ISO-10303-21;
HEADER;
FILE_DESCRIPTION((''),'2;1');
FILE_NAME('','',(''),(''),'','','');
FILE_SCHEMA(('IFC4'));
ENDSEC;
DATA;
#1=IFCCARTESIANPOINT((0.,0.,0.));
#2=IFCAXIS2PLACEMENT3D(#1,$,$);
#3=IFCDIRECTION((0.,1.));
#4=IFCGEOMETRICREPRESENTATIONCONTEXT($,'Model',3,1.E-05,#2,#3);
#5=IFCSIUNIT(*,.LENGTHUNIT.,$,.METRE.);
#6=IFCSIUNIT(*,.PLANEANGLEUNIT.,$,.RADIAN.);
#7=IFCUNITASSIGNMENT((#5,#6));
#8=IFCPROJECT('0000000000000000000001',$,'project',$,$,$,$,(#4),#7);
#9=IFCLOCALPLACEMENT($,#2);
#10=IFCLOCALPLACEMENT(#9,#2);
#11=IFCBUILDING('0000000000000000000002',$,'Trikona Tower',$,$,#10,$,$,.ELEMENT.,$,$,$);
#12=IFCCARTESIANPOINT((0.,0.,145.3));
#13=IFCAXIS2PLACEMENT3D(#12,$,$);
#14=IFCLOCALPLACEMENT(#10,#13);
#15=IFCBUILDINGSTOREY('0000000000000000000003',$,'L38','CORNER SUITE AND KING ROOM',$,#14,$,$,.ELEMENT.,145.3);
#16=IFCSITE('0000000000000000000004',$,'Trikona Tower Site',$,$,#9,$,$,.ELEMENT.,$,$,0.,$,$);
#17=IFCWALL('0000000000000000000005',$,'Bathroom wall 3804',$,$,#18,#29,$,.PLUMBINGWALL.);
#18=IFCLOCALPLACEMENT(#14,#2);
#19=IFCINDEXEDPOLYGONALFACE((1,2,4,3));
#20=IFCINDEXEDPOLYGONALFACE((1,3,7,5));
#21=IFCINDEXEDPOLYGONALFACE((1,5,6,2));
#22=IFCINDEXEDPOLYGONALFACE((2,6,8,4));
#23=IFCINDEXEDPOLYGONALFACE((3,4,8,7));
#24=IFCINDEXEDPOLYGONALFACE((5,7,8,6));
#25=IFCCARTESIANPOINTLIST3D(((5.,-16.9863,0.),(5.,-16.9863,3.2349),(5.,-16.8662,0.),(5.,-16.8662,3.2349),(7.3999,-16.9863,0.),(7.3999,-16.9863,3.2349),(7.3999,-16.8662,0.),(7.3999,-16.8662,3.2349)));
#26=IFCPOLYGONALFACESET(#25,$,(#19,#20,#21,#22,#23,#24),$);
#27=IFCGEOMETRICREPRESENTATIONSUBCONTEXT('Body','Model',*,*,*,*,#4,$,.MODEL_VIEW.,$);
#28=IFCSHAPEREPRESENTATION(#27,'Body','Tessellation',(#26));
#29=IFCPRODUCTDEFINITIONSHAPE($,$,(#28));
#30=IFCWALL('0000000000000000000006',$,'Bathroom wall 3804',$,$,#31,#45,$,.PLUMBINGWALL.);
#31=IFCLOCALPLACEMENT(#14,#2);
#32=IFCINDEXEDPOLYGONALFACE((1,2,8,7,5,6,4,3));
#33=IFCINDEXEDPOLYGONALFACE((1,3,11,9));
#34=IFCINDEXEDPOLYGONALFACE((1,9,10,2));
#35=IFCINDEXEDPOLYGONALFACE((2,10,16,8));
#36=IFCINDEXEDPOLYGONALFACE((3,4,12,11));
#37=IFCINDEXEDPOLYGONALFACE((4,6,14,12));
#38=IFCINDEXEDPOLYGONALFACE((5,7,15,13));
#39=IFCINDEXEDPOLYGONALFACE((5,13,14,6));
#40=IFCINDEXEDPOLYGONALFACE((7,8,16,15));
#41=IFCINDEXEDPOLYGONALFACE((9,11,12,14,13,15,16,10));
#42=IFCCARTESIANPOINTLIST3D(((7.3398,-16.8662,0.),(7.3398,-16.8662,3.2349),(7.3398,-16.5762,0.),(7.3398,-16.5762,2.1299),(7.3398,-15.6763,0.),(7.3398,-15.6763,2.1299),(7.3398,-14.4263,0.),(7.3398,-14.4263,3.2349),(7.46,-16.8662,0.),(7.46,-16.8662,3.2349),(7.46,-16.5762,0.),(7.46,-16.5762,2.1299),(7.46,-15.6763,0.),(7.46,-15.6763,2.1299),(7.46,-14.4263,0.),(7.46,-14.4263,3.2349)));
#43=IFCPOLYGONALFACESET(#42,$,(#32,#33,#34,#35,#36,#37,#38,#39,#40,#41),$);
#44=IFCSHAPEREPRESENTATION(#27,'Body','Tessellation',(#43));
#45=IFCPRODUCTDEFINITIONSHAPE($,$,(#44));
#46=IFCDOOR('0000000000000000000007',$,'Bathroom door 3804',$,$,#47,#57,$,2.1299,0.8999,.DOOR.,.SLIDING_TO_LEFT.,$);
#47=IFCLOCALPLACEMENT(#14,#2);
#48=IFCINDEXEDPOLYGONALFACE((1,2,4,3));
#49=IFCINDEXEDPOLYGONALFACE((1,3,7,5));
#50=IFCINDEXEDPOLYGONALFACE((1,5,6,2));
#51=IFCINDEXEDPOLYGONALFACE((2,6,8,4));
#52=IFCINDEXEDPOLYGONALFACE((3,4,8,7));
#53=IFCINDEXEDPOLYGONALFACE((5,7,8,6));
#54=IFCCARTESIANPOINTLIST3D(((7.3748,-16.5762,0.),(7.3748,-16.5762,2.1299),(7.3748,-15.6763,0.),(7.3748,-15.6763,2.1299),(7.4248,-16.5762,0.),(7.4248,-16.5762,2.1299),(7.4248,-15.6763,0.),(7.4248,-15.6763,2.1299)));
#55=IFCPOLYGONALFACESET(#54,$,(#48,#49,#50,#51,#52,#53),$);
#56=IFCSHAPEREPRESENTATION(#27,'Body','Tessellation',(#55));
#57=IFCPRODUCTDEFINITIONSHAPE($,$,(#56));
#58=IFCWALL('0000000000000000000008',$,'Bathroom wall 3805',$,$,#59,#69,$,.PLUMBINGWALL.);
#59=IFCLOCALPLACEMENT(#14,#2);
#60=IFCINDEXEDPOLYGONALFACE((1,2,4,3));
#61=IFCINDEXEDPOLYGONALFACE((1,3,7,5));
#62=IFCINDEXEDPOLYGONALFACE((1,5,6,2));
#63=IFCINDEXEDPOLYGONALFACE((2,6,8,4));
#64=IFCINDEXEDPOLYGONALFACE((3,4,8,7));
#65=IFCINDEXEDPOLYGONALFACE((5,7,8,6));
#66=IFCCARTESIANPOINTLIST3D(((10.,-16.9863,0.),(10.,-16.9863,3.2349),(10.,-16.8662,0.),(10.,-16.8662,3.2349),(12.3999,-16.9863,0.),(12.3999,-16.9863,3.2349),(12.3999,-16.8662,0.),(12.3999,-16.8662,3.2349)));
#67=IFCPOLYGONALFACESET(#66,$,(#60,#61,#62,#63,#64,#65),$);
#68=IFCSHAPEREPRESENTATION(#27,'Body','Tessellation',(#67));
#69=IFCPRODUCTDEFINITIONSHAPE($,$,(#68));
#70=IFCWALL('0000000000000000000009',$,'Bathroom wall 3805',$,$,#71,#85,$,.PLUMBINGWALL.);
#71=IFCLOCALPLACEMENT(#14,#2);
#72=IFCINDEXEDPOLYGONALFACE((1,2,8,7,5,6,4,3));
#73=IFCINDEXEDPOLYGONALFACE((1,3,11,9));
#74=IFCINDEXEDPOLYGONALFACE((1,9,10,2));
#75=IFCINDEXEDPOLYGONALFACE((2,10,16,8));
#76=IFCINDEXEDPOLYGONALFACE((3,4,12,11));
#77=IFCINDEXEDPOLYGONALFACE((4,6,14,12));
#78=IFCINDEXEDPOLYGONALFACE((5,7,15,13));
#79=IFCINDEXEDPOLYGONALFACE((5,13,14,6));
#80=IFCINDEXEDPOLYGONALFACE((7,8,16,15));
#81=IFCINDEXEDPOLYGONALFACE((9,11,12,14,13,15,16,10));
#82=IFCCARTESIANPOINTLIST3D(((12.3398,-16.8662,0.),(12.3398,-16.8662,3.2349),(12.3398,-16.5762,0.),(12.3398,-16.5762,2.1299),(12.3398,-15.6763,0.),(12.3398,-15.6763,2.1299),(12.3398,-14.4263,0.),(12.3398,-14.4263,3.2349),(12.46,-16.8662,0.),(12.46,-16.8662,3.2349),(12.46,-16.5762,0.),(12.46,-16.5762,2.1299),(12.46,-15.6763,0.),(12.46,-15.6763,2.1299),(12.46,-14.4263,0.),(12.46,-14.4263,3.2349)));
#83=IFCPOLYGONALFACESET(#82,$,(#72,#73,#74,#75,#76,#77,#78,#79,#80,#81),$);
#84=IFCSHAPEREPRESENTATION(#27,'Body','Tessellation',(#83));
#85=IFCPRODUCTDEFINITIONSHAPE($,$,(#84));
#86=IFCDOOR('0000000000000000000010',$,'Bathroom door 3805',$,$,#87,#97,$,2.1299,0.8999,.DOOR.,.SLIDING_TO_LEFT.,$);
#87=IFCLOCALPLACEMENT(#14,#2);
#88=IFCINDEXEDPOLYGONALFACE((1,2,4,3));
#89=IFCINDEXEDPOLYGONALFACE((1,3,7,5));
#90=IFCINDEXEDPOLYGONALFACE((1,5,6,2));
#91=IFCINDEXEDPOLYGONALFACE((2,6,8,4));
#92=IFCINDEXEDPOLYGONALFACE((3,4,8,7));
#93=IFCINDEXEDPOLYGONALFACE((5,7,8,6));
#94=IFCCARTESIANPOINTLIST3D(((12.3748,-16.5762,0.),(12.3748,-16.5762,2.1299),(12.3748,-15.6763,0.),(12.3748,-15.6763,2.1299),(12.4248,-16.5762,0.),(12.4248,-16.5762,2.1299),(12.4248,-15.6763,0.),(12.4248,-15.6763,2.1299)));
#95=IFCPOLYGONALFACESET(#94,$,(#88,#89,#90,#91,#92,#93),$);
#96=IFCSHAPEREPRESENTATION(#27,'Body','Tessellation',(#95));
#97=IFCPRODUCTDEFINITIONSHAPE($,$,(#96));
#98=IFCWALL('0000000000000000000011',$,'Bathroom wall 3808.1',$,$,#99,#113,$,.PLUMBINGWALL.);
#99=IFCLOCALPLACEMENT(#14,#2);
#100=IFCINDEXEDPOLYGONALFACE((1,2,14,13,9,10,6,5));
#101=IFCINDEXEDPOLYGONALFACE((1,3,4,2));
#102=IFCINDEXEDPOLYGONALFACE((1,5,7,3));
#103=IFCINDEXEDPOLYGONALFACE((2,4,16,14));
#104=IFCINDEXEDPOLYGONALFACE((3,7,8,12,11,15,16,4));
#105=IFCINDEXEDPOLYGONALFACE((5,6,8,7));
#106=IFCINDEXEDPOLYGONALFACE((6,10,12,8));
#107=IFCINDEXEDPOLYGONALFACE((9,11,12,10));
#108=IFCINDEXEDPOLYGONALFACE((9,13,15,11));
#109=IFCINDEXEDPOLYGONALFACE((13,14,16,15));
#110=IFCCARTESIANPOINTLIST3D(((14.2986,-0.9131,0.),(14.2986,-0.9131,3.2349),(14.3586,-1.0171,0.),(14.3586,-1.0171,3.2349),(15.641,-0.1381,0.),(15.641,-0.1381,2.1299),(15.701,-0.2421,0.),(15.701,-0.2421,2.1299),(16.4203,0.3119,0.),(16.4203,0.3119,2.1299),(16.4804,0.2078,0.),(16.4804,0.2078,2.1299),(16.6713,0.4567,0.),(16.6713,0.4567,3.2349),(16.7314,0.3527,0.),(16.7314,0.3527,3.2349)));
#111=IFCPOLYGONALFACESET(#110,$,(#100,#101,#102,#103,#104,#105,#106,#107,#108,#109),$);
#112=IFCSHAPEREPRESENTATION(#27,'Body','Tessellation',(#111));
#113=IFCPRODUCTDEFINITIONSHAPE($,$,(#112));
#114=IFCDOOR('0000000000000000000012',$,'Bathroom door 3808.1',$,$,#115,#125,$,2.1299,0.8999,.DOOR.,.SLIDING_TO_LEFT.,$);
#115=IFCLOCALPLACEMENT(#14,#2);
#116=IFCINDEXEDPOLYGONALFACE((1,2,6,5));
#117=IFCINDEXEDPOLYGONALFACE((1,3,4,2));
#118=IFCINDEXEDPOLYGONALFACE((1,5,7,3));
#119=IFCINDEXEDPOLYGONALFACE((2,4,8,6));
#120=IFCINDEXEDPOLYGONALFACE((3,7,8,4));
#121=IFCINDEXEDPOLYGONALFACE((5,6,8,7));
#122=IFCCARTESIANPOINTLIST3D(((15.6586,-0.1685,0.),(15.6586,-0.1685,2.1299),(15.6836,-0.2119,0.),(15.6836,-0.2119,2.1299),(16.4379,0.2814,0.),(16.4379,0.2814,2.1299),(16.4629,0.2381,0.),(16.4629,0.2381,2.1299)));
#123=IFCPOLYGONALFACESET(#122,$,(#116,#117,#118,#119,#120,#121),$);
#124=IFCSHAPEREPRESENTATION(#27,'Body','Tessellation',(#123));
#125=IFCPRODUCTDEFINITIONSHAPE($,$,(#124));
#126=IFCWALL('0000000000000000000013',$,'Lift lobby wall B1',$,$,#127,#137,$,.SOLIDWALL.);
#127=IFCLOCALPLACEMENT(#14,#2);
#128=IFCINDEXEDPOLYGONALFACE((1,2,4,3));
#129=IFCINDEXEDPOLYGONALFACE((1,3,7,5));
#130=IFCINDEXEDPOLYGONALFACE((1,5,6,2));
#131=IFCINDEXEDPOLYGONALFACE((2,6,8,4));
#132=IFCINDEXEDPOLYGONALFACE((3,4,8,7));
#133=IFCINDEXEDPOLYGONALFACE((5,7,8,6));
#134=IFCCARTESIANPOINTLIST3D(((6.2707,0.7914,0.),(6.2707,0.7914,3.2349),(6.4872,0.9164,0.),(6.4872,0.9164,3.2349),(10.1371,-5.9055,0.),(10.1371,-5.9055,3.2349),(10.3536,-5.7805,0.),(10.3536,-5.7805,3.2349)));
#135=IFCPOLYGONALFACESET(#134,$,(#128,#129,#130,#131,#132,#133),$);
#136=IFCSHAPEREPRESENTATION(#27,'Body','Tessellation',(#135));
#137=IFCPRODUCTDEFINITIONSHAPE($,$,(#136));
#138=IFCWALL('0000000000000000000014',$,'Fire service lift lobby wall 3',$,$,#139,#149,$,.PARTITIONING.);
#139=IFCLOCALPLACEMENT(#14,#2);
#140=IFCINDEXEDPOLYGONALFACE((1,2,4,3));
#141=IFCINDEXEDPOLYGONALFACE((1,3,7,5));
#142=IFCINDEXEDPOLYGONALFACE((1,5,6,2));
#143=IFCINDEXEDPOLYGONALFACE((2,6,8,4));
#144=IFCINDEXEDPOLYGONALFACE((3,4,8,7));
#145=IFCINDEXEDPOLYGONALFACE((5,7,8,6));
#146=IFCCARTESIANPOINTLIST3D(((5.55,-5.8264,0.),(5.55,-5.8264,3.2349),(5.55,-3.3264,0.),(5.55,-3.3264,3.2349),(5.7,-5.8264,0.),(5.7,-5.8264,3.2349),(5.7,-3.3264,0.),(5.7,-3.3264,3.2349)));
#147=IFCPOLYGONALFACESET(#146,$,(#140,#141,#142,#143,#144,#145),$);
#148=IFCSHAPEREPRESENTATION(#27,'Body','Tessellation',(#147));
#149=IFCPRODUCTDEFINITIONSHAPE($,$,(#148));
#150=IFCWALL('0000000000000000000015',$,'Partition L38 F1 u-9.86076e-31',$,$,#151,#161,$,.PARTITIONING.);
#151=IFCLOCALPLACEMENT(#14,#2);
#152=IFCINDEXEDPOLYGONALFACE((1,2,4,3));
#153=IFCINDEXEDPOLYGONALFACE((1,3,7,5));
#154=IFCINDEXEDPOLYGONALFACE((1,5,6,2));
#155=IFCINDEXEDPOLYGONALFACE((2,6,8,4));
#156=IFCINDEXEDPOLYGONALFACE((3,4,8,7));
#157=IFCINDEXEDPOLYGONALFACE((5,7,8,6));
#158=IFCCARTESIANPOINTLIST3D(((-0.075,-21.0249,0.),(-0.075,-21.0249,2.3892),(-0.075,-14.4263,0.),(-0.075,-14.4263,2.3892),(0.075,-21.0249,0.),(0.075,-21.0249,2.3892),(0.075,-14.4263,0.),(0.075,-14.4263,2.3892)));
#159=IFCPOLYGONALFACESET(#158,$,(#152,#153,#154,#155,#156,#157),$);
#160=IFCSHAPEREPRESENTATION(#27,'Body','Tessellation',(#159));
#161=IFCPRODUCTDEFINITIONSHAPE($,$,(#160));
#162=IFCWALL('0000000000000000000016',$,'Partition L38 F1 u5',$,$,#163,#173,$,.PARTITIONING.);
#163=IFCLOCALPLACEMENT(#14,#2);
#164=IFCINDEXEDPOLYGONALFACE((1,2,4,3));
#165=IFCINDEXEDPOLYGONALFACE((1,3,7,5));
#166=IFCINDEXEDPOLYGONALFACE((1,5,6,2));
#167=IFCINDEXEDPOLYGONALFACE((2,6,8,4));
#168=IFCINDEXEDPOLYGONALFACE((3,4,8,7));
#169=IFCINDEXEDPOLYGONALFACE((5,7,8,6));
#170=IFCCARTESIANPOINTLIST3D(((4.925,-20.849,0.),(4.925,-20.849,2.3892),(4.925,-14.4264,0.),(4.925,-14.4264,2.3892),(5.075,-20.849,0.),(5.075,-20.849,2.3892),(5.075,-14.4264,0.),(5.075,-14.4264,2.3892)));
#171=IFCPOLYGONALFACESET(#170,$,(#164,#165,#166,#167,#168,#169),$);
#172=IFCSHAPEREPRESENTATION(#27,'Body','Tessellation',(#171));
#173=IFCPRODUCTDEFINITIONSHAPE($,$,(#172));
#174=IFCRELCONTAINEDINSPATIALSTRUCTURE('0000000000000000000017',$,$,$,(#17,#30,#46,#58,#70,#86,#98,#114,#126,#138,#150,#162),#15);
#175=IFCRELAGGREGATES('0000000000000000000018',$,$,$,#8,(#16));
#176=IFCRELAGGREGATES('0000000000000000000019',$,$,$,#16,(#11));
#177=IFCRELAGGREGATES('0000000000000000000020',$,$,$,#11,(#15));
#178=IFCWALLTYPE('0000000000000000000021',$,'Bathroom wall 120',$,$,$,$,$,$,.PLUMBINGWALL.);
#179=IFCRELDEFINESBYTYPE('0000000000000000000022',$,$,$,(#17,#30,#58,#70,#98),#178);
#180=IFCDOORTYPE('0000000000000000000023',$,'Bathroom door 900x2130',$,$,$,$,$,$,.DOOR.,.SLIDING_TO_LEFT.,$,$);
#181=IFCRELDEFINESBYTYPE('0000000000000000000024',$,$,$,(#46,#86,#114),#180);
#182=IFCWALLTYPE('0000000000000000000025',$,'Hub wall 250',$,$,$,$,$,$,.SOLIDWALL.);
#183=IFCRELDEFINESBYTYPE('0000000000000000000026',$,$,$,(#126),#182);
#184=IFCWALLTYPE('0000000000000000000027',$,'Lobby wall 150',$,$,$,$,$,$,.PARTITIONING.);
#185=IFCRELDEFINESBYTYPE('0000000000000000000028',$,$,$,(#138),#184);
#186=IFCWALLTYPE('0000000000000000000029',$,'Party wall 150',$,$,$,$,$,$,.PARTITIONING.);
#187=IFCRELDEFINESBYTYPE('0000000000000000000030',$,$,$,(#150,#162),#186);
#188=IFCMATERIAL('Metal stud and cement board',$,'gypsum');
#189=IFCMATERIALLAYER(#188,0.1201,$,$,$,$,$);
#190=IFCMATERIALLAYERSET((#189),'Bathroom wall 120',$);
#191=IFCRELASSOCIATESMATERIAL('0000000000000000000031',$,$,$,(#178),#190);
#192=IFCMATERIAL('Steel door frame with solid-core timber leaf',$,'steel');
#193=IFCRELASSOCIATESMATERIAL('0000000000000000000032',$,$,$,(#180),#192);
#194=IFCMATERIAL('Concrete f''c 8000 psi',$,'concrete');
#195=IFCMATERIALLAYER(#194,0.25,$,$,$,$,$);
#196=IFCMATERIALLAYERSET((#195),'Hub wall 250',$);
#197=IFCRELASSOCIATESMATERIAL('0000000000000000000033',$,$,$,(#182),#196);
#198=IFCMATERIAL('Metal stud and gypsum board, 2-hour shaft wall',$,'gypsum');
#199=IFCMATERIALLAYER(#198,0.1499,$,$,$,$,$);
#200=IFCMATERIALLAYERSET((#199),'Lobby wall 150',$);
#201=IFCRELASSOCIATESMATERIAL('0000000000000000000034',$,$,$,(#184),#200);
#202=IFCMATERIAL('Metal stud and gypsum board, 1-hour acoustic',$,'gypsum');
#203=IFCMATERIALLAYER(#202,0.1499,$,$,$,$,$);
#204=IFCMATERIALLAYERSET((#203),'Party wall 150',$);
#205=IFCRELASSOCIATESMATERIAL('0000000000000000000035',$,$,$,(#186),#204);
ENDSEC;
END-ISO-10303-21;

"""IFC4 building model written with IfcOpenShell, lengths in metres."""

from ifc_helpers import new_model, si_unit, direction, frame, frame_2d, origin, place, context, subcontext, project, spatial, rectangle, extrude, material, layer, layer_set, type_object, element, fill, save


model = new_model("IFC4")

# Units and contexts
model_context = context("Model", 3, precision=1e-05, world=origin(), true_north=direction((0.0, 1.0)))
body_context = subcontext(model_context, "Body", "Model", "MODEL_VIEW")
ifc_project = project(units=[si_unit("LENGTHUNIT", "METRE"), si_unit("PLANEANGLEUNIT", "RADIAN")], contexts=[model_context])

# Site, building, storey
site_placement = place(None, origin())
site = spatial("IfcSite", under=ifc_project, at=site_placement, Name="Trikona Tower Site", CompositionType="ELEMENT", RefElevation=0.0)
building_placement = place(site_placement, origin())
building = spatial("IfcBuilding", under=site, at=building_placement, Name="Trikona Tower", CompositionType="ELEMENT")
storey_placement = place(building_placement, frame((0.0, 0.0, 145.3)))
storey = spatial("IfcBuildingStorey", under=building, at=storey_placement, Name="L38", Description="CORNER SUITE AND KING ROOM", CompositionType="ELEMENT", Elevation=145.3)

# Wall
ifc_material_1 = material(Name="Metal stud and cement board", Category="gypsum")
ifc_layer_1 = layer(ifc_material_1, 0.1201)
ifc_layer_set_1 = layer_set([ifc_layer_1], Name="Bathroom wall 120")
wall_type_1 = type_object("IfcWallType", Name="Bathroom wall 120", PredefinedType="PLUMBINGWALL", material=ifc_layer_set_1)
wall_1_placement = place(storey_placement, frame((5.0, -16.9263, 0.0), z_axis=(0.0, 0.0, 1.0), x_axis=(1.0, 0.0, 0.0)))
element("IfcWall", 1, at=wall_1_placement, inside=storey, type_object=wall_type_1, Name="Bathroom wall 3804", PredefinedType="PLUMBINGWALL", context=body_context, shape_type="SweptSolid", body=[
    extrude(rectangle(XDim=2.3999, YDim=0.1201, at=frame_2d((1.2, 0.0))), origin(), (0.0, 0.0, 1.0), 3.2349),
])

# Wall, opening, door
wall_2_placement = place(storey_placement, frame((7.3999, -14.4263, 0.0), z_axis=(0.0, 0.0, 1.0), x_axis=(0.0, -1.0, 0.0)))
wall_2 = element("IfcWall", 2, at=wall_2_placement, inside=storey, type_object=wall_type_1, Name="Bathroom wall 3804", PredefinedType="PLUMBINGWALL", context=body_context, shape_type="SweptSolid", body=[
    extrude(rectangle(XDim=2.4399, YDim=0.1201, at=frame_2d((1.22, 0.0))), origin(), (0.0, 0.0, 1.0), 3.2349),
])
opening_1_placement = place(wall_2_placement, frame((1.25, 0.0, 0.0)))
opening_1 = element("IfcOpeningElement", 3, at=opening_1_placement, cuts=wall_2, PredefinedType="OPENING", context=body_context, shape_type="SweptSolid", body=[
    extrude(rectangle(XDim=0.8999, YDim=2.1299, at=frame_2d((0.45, 1.0649))), frame((0.0, 0.0701, 0.0), z_axis=(0.0, -1.0, 0.0), x_axis=(1.0, 0.0, 0.0)), (0.0, 0.0, 1.0), 0.1401),
])
ifc_material_2 = material(Name="Steel door frame with solid-core timber leaf", Category="steel")
door_type_1 = type_object("IfcDoorType", Name="Bathroom door 900x2130", OperationType="SLIDING_TO_LEFT", PredefinedType="DOOR", material=ifc_material_2)
door_1_placement = place(opening_1_placement, origin())
door_1 = element("IfcDoor", 4, at=door_1_placement, inside=storey, type_object=door_type_1, Name="Bathroom door 3804", OperationType="SLIDING_TO_LEFT", OverallHeight=2.1299, OverallWidth=0.8999, PredefinedType="DOOR", context=body_context, shape_type="SweptSolid", body=[
    extrude(rectangle(XDim=0.8999, YDim=2.1299, at=frame_2d((0.45, 1.0649))), frame((0.0, 0.0249, 0.0), z_axis=(0.0, -1.0, 0.0), x_axis=(1.0, 0.0, 0.0)), (0.0, 0.0, 1.0), 0.05),
])
fill(opening_1, door_1)

# Wall
wall_3_placement = place(storey_placement, frame((10.0, -16.9263, 0.0), z_axis=(0.0, 0.0, 1.0), x_axis=(1.0, 0.0, 0.0)))
element("IfcWall", 5, at=wall_3_placement, inside=storey, type_object=wall_type_1, Name="Bathroom wall 3805", PredefinedType="PLUMBINGWALL", context=body_context, shape_type="SweptSolid", body=[
    extrude(rectangle(XDim=2.3999, YDim=0.1201, at=frame_2d((1.2, 0.0))), origin(), (0.0, 0.0, 1.0), 3.2349),
])

# Walls, openings, doors
wall_4_placement = place(storey_placement, frame((12.3999, -14.4263, 0.0), z_axis=(0.0, 0.0, 1.0), x_axis=(0.0, -1.0, 0.0)))
wall_4 = element("IfcWall", 6, at=wall_4_placement, inside=storey, type_object=wall_type_1, Name="Bathroom wall 3805", PredefinedType="PLUMBINGWALL", context=body_context, shape_type="SweptSolid", body=[
    extrude(rectangle(XDim=2.4399, YDim=0.1201, at=frame_2d((1.22, 0.0))), origin(), (0.0, 0.0, 1.0), 3.2349),
])
opening_2_placement = place(wall_4_placement, frame((1.25, 0.0, 0.0)))
opening_2 = element("IfcOpeningElement", 7, at=opening_2_placement, cuts=wall_4, PredefinedType="OPENING", context=body_context, shape_type="SweptSolid", body=[
    extrude(rectangle(XDim=0.8999, YDim=2.1299, at=frame_2d((0.45, 1.0649))), frame((0.0, 0.0701, 0.0), z_axis=(0.0, -1.0, 0.0), x_axis=(1.0, 0.0, 0.0)), (0.0, 0.0, 1.0), 0.1401),
])
door_2_placement = place(opening_2_placement, origin())
door_2 = element("IfcDoor", 8, at=door_2_placement, inside=storey, type_object=door_type_1, Name="Bathroom door 3805", OperationType="SLIDING_TO_LEFT", OverallHeight=2.1299, OverallWidth=0.8999, PredefinedType="DOOR", context=body_context, shape_type="SweptSolid", body=[
    extrude(rectangle(XDim=0.8999, YDim=2.1299, at=frame_2d((0.45, 1.0649))), frame((0.0, 0.0249, 0.0), z_axis=(0.0, -1.0, 0.0), x_axis=(1.0, 0.0, 0.0)), (0.0, 0.0, 1.0), 0.05),
])
fill(opening_2, door_2)
wall_5_placement = place(storey_placement, frame((14.3286, -0.9651, 0.0), z_axis=(0.0, 0.0, 1.0), x_axis=(0.866036, 0.499982, 0.0)))
wall_5 = element("IfcWall", 9, at=wall_5_placement, inside=storey, type_object=wall_type_1, Name="Bathroom wall 3808.1", PredefinedType="PLUMBINGWALL", context=body_context, shape_type="SweptSolid", body=[
    extrude(rectangle(XDim=2.7397, YDim=0.1201, at=frame_2d((1.3699, 0.0))), origin(), (0.0, 0.0, 1.0), 3.2349),
])
opening_3_placement = place(wall_5_placement, frame((1.55, 0.0, 0.0)))
opening_3 = element("IfcOpeningElement", 10, at=opening_3_placement, cuts=wall_5, PredefinedType="OPENING", context=body_context, shape_type="SweptSolid", body=[
    extrude(rectangle(XDim=0.8999, YDim=2.1299, at=frame_2d((0.45, 1.0649))), frame((0.0, 0.0701, 0.0), z_axis=(0.0, -1.0, 0.0), x_axis=(1.0, 0.0, 0.0)), (0.0, 0.0, 1.0), 0.1401),
])
door_3_placement = place(opening_3_placement, origin())
door_3 = element("IfcDoor", 11, at=door_3_placement, inside=storey, type_object=door_type_1, Name="Bathroom door 3808.1", OperationType="SLIDING_TO_LEFT", OverallHeight=2.1299, OverallWidth=0.8999, PredefinedType="DOOR", context=body_context, shape_type="SweptSolid", body=[
    extrude(rectangle(XDim=0.8999, YDim=2.1299, at=frame_2d((0.45, 1.0649))), frame((0.0, 0.0249, 0.0), z_axis=(0.0, -1.0, 0.0), x_axis=(1.0, 0.0, 0.0)), (0.0, 0.0, 1.0), 0.05),
])
fill(opening_3, door_3)

# Walls
ifc_material_3 = material(Name="Concrete f'c 8000 psi", Category="concrete")
ifc_layer_2 = layer(ifc_material_3, 0.25)
ifc_layer_set_2 = layer_set([ifc_layer_2], Name="Hub wall 250")
wall_type_2 = type_object("IfcWallType", Name="Hub wall 250", PredefinedType="SOLIDWALL", material=ifc_layer_set_2)
wall_6_placement = place(storey_placement, frame((10.2454, -5.843, 0.0), z_axis=(0.0, 0.0, 1.0), x_axis=(-0.499993, 0.866029, 0.0)))
element("IfcWall", 12, at=wall_6_placement, inside=storey, type_object=wall_type_2, Name="Lift lobby wall B1", PredefinedType="SOLIDWALL", context=body_context, shape_type="SweptSolid", body=[
    extrude(rectangle(XDim=7.7329, YDim=0.25, at=frame_2d((3.8665, 0.0))), origin(), (0.0, 0.0, 1.0), 3.2349),
])
ifc_material_4 = material(Name="Metal stud and gypsum board, 2-hour shaft wall", Category="gypsum")
ifc_layer_3 = layer(ifc_material_4, 0.1499)
ifc_layer_set_3 = layer_set([ifc_layer_3], Name="Lobby wall 150")
wall_type_3 = type_object("IfcWallType", Name="Lobby wall 150", PredefinedType="PARTITIONING", material=ifc_layer_set_3)
wall_7_placement = place(storey_placement, frame((5.625, -5.8264, 0.0), z_axis=(0.0, 0.0, 1.0), x_axis=(0.0, 1.0, 0.0)))
element("IfcWall", 13, at=wall_7_placement, inside=storey, type_object=wall_type_3, Name="Fire service lift lobby wall 3", PredefinedType="PARTITIONING", context=body_context, shape_type="SweptSolid", body=[
    extrude(rectangle(XDim=2.5, YDim=0.1499, at=frame_2d((1.25, 0.0))), origin(), (0.0, 0.0, 1.0), 3.2349),
])
ifc_material_5 = material(Name="Metal stud and gypsum board, 1-hour acoustic", Category="gypsum")
ifc_layer_4 = layer(ifc_material_5, 0.1499)
ifc_layer_set_4 = layer_set([ifc_layer_4], Name="Party wall 150")
wall_type_4 = type_object("IfcWallType", Name="Party wall 150", PredefinedType="PARTITIONING", material=ifc_layer_set_4)
wall_8_placement = place(storey_placement, frame((0.0, -14.4263, 0.0), z_axis=(0.0, 0.0, 1.0), x_axis=(0.0, -1.0, 0.0)))
element("IfcWall", 14, at=wall_8_placement, inside=storey, type_object=wall_type_4, Name="Partition L38 F1 u-9.86076e-31", PredefinedType="PARTITIONING", context=body_context, shape_type="SweptSolid", body=[
    extrude(rectangle(XDim=6.5986, YDim=0.1499, at=frame_2d((3.2993, 0.0))), origin(), (0.0, 0.0, 1.0), 2.3892),
])
wall_9_placement = place(storey_placement, frame((5.0, -14.4263, 0.0), z_axis=(0.0, 0.0, 1.0), x_axis=(0.0, -1.0, 0.0)))
element("IfcWall", 15, at=wall_9_placement, inside=storey, type_object=wall_type_4, Name="Partition L38 F1 u5", PredefinedType="PARTITIONING", context=body_context, shape_type="SweptSolid", body=[
    extrude(rectangle(XDim=6.4226, YDim=0.1499, at=frame_2d((3.2114, 0.0))), origin(), (0.0, 0.0, 1.0), 2.3892),
])

save(model, "model.ifc")
